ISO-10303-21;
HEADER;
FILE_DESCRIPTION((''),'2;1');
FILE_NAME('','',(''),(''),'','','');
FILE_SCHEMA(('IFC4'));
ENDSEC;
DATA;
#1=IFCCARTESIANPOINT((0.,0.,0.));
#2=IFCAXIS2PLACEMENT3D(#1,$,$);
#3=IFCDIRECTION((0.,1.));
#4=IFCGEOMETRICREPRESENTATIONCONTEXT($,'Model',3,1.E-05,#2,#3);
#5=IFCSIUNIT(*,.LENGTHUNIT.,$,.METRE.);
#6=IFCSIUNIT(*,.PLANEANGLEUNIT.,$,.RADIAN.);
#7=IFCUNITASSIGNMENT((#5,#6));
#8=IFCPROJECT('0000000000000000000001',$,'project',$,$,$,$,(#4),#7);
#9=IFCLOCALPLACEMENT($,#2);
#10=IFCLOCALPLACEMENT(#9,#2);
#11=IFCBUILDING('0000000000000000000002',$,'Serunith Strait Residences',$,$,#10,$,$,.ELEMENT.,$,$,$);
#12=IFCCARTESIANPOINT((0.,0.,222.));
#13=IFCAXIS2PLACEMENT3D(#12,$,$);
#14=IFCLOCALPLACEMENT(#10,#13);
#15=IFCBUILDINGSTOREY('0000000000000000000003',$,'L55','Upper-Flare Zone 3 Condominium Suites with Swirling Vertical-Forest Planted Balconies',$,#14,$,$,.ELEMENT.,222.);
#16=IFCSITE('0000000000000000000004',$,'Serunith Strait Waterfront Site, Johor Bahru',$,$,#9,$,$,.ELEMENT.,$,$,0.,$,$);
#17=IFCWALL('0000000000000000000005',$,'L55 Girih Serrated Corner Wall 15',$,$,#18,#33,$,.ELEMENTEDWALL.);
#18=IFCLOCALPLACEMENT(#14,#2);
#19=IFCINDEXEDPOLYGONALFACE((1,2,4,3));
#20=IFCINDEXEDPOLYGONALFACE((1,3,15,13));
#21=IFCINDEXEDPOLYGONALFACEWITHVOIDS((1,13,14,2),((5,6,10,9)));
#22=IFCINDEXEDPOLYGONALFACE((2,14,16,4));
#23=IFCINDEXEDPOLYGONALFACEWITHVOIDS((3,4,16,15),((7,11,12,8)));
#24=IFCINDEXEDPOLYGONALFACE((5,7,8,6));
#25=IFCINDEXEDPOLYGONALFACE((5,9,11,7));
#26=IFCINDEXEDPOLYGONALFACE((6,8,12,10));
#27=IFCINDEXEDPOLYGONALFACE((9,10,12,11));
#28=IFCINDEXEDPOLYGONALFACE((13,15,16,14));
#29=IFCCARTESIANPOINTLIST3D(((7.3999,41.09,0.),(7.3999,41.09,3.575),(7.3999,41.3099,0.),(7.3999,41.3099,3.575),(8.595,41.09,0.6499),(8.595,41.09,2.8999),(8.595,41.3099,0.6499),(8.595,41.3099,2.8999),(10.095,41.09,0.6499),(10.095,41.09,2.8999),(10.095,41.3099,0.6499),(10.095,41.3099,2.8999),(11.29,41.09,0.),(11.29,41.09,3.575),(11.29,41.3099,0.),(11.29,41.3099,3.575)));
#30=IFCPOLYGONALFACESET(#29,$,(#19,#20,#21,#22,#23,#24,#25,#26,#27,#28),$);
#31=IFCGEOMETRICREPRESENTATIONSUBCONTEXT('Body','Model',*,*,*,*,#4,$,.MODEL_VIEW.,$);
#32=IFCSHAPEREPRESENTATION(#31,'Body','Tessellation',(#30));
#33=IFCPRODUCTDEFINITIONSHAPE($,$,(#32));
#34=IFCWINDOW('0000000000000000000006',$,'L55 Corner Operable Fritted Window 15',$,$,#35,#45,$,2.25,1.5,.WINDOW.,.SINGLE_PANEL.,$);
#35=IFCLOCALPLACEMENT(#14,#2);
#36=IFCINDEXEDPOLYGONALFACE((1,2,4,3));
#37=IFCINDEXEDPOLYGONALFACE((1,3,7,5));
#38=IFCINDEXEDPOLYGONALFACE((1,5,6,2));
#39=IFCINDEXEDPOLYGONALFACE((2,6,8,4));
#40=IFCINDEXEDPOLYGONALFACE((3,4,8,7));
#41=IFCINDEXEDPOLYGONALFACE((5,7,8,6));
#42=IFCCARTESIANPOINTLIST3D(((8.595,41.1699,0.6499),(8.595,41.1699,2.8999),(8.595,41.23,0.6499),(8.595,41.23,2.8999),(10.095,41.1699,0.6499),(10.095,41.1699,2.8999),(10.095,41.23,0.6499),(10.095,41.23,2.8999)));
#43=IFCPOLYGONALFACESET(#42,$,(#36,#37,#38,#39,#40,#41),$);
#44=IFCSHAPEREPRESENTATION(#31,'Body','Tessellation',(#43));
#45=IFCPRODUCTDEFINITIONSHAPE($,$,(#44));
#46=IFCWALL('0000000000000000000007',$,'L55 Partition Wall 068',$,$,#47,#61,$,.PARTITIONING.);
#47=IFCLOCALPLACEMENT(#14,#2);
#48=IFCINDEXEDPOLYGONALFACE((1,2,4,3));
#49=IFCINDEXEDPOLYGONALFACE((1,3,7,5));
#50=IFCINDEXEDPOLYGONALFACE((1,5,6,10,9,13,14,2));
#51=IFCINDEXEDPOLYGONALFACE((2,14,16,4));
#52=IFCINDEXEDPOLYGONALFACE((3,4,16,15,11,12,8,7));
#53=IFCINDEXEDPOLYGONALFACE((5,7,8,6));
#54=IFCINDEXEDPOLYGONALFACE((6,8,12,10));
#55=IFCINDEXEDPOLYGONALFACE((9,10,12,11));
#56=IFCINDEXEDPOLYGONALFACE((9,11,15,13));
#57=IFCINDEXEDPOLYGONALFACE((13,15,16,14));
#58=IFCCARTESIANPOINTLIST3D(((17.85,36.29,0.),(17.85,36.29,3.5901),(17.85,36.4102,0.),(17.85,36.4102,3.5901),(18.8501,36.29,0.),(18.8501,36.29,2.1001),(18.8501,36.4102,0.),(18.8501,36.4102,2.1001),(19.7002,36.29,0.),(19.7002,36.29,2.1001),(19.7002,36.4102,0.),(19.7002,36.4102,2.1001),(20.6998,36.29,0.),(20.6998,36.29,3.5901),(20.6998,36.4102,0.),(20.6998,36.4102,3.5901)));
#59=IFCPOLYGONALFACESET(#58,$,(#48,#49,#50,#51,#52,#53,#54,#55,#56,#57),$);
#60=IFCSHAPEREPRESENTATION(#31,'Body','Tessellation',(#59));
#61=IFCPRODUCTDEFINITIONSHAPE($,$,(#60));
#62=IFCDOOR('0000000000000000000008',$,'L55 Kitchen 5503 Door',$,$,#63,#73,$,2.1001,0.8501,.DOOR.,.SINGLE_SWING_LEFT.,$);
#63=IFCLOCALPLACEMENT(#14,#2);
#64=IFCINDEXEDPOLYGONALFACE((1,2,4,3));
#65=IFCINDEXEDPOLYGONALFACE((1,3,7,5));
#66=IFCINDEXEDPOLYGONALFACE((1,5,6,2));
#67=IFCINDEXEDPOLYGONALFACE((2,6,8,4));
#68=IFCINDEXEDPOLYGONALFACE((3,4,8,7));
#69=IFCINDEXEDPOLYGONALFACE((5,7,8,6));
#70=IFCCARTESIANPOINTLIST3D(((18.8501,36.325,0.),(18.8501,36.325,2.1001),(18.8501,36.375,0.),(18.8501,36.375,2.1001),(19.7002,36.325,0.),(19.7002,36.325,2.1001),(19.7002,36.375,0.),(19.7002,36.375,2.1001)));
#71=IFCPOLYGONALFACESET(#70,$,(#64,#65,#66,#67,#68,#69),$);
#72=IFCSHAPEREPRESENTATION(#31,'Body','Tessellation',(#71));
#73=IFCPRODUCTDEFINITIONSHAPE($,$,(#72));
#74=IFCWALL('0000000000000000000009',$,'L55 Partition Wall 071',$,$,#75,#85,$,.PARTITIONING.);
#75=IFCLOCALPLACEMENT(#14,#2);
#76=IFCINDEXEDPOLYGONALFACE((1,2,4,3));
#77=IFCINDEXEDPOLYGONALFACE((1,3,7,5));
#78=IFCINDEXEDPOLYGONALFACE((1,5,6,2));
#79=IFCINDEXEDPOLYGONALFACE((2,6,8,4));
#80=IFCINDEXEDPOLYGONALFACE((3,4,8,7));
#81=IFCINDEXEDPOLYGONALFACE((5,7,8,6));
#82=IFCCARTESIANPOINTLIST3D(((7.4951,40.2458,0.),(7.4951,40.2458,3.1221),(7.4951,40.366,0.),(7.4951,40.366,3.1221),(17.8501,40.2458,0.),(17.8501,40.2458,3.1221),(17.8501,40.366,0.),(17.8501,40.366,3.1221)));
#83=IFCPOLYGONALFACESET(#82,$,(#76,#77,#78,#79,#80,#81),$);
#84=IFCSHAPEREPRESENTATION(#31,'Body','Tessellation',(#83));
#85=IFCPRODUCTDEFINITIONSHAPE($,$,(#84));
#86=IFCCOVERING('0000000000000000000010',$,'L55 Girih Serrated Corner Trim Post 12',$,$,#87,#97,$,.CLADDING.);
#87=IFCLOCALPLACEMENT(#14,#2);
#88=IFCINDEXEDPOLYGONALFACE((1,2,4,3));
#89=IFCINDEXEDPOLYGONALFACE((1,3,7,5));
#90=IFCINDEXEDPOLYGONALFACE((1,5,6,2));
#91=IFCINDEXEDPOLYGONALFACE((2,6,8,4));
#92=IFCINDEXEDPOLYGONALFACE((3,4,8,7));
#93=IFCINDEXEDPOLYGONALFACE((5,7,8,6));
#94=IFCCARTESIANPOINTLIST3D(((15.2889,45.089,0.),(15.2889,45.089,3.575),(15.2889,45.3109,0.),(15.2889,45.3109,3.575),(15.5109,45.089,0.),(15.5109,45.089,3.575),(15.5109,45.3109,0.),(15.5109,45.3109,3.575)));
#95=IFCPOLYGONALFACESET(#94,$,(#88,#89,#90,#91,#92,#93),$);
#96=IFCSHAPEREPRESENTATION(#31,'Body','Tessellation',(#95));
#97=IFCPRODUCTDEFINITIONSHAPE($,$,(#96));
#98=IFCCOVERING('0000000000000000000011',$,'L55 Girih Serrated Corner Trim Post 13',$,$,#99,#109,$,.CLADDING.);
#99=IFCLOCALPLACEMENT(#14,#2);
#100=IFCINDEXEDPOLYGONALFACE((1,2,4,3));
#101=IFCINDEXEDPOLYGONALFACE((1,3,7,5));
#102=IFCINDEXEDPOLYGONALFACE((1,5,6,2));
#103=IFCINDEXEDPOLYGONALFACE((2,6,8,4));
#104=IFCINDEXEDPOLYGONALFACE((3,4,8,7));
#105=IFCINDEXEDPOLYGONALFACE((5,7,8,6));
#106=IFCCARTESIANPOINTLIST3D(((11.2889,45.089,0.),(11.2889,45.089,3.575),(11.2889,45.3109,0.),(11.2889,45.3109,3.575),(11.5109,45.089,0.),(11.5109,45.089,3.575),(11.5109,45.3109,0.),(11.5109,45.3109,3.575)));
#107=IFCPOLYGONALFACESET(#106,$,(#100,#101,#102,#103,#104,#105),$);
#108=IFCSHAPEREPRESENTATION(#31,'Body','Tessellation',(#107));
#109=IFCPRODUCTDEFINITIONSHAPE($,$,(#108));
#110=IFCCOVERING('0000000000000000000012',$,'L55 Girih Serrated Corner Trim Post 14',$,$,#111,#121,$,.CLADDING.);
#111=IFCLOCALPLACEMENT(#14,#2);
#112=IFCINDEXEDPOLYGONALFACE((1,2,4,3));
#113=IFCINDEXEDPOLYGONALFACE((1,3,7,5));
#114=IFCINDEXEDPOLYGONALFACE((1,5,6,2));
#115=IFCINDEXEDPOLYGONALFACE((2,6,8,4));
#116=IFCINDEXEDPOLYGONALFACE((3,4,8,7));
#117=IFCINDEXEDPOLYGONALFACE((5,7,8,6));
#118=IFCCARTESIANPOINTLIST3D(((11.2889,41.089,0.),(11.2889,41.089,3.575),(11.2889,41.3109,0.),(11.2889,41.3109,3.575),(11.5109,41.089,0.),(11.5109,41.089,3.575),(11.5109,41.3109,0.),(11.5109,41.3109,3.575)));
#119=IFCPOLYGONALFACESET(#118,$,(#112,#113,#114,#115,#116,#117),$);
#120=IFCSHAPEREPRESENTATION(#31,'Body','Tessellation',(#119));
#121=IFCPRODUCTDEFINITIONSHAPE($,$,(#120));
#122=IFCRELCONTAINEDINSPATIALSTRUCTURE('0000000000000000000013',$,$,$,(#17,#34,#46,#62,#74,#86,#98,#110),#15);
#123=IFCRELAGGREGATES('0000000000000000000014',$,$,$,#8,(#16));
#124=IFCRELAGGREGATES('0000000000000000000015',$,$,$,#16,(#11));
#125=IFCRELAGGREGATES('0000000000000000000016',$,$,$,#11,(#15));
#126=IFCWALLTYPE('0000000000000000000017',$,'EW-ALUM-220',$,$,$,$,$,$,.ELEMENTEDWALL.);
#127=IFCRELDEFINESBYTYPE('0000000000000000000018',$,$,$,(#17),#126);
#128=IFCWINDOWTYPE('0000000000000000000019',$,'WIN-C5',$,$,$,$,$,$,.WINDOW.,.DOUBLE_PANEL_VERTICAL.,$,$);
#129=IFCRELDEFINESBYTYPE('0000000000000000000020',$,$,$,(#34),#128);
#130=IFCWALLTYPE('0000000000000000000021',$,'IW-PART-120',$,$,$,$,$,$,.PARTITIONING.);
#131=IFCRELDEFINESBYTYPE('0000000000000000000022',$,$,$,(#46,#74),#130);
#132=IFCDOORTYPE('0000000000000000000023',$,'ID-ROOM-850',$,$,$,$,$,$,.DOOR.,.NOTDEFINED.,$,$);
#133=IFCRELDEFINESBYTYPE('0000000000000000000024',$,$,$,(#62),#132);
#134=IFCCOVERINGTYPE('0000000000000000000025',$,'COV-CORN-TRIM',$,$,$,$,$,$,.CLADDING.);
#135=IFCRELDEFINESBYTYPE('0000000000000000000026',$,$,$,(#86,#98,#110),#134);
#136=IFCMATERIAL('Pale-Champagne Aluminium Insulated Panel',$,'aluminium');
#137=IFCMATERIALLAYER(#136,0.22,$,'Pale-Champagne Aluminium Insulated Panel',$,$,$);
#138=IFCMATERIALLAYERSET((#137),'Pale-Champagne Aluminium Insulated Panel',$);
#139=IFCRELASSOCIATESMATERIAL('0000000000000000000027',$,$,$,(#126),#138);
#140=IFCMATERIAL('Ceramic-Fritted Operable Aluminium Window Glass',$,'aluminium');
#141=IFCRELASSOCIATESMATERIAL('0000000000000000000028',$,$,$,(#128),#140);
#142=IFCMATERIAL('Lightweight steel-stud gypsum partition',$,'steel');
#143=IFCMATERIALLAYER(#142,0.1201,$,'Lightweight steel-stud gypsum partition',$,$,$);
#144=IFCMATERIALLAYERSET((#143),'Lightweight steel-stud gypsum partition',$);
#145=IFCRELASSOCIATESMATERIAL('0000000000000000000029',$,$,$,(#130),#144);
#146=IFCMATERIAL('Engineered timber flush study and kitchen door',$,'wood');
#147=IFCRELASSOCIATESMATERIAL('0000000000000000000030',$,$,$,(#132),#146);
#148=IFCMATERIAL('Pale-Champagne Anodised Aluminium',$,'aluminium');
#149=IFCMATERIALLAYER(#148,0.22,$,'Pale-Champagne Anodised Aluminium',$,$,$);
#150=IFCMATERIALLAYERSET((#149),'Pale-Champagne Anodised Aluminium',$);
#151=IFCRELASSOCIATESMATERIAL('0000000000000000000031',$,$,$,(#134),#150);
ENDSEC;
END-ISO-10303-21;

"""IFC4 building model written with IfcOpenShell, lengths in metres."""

from ifc_helpers import new_model, si_unit, direction, frame, frame_2d, origin, origin_2d, place, context, subcontext, project, spatial, rectangle, extrude, source, transform, mapped, material, layer, layer_set, type_object, element, fill, save


model = new_model("IFC4")

# Units and contexts
model_context = context("Model", 3, precision=1e-05, world=origin(), true_north=direction((0.0, 1.0)))
body_context = subcontext(model_context, "Body", "Model", "MODEL_VIEW")
ifc_project = project(units=[si_unit("LENGTHUNIT", "METRE"), si_unit("PLANEANGLEUNIT", "RADIAN")], contexts=[model_context])

# Site, building, storey
site_placement = place(None, origin())
site = spatial("IfcSite", under=ifc_project, at=site_placement, Name="Serunith Strait Waterfront Site, Johor Bahru", CompositionType="ELEMENT", RefElevation=0.0)
building_placement = place(site_placement, origin())
building = spatial("IfcBuilding", under=site, at=building_placement, Name="Serunith Strait Residences", CompositionType="ELEMENT")
storey_placement = place(building_placement, frame((0.0, 0.0, 222.0)))
storey = spatial("IfcBuildingStorey", under=building, at=storey_placement, Name="L55", Description="Upper-Flare Zone 3 Condominium Suites with Swirling Vertical-Forest Planted Balconies", CompositionType="ELEMENT", Elevation=222.0)

# Shared definitions
ifc_material_1 = material(Name="Pale-Champagne Anodised Aluminium", Category="aluminium")

# Wall, opening, window
ifc_material_2 = material(Name="Pale-Champagne Aluminium Insulated Panel", Category="aluminium")
ifc_layer_1 = layer(ifc_material_2, 0.22, Name="Pale-Champagne Aluminium Insulated Panel")
ifc_layer_set_1 = layer_set([ifc_layer_1], Name="Pale-Champagne Aluminium Insulated Panel")
wall_type_1 = type_object("IfcWallType", Name="EW-ALUM-220", PredefinedType="ELEMENTEDWALL", material=ifc_layer_set_1)
ifc_material_3 = material(Name="Ceramic-Fritted Operable Aluminium Window Glass", Category="aluminium")
window_type = type_object("IfcWindowType", Name="WIN-C5", PartitioningType="DOUBLE_PANEL_VERTICAL", PredefinedType="WINDOW", material=ifc_material_3)
shared_shape_1 = source(origin(), body_context, "Body", "SweptSolid", [
    extrude(rectangle(XDim=1.5, YDim=2.25, at=frame_2d((0.75, 1.125))), frame((0.0, 0.03, 0.0), z_axis=(0.0, -1.0, 0.0), x_axis=(1.0, 0.0, 0.0)), (0.0, 0.0, 1.0), 0.0601),
])
wall_1_placement = place(storey_placement, frame((11.29, 41.2, 0.0), z_axis=(0.0, 0.0, 1.0), x_axis=(-1.0, 0.0, 0.0)))
wall_1 = element("IfcWall", 1, at=wall_1_placement, inside=storey, type_object=wall_type_1, Name="L55 Girih Serrated Corner Wall 15", PredefinedType="ELEMENTEDWALL", context=body_context, shape_type="SweptSolid", body=[
    extrude(rectangle(XDim=3.8901, YDim=0.22, at=frame_2d((1.9451, 0.0))), origin(), (0.0, 0.0, 1.0), 3.575),
])
opening_1_placement = place(wall_1_placement, frame((1.1951, 0.0, 0.6499)))
opening_1 = element("IfcOpeningElement", 2, at=opening_1_placement, cuts=wall_1, PredefinedType="OPENING", context=body_context, shape_type="SweptSolid", body=[
    extrude(rectangle(XDim=1.5, YDim=2.25, at=frame_2d((0.75, 1.125))), frame((0.0, 0.1201, 0.0), z_axis=(0.0, -1.0, 0.0), x_axis=(1.0, 0.0, 0.0)), (0.0, 0.0, 1.0), 0.24),
])
window_1_placement = place(opening_1_placement, origin())
window_1 = element("IfcWindow", 3, at=window_1_placement, inside=storey, type_object=window_type, Name="L55 Corner Operable Fritted Window 15", OverallHeight=2.25, OverallWidth=1.5, PartitioningType="SINGLE_PANEL", PredefinedType="WINDOW", context=body_context, shape_type="MappedRepresentation", body=[
    mapped(shared_shape_1, transform((0.0, 0.0, 0.0), scale=1.0)),
])
fill(opening_1, window_1)

# Wall, opening, door
ifc_material_4 = material(Name="Lightweight steel-stud gypsum partition", Category="steel")
ifc_layer_2 = layer(ifc_material_4, 0.1201, Name="Lightweight steel-stud gypsum partition")
ifc_layer_set_2 = layer_set([ifc_layer_2], Name="Lightweight steel-stud gypsum partition")
wall_type_2 = type_object("IfcWallType", Name="IW-PART-120", PredefinedType="PARTITIONING", material=ifc_layer_set_2)
wall_2_placement = place(storey_placement, frame((17.8501, 36.3501, 0.0), z_axis=(0.0, 0.0, 1.0), x_axis=(1.0, 0.0, 0.0)))
wall_2 = element("IfcWall", 4, at=wall_2_placement, inside=storey, type_object=wall_type_2, Name="L55 Partition Wall 068", PredefinedType="PARTITIONING", context=body_context, shape_type="SweptSolid", body=[
    extrude(rectangle(XDim=2.8499, YDim=0.1201, at=frame_2d((1.4248, 0.0))), origin(), (0.0, 0.0, 1.0), 3.5901),
])
opening_2_placement = place(wall_2_placement, frame((1.0, 0.0, 0.0)))
opening_2 = element("IfcOpeningElement", 5, at=opening_2_placement, cuts=wall_2, PredefinedType="OPENING", context=body_context, shape_type="SweptSolid", body=[
    extrude(rectangle(XDim=0.8501, YDim=2.1001, at=frame_2d((0.425, 1.05))), frame((0.0, 0.0701, 0.0), z_axis=(0.0, -1.0, 0.0), x_axis=(1.0, 0.0, 0.0)), (0.0, 0.0, 1.0), 0.1401),
])
ifc_material_5 = material(Name="Engineered timber flush study and kitchen door", Category="wood")
door_type = type_object("IfcDoorType", Name="ID-ROOM-850", OperationType="NOTDEFINED", PredefinedType="DOOR", material=ifc_material_5)
shared_shape_2 = source(origin(), body_context, "Body", "SweptSolid", [
    extrude(rectangle(XDim=0.8501, YDim=2.1001, at=frame_2d((0.425, 1.05))), frame((0.0, 0.0249, 0.0), z_axis=(0.0, -1.0, 0.0), x_axis=(1.0, 0.0, 0.0)), (0.0, 0.0, 1.0), 0.05),
])
door_placement = place(opening_2_placement, origin())
door = element("IfcDoor", 6, at=door_placement, inside=storey, type_object=door_type, Name="L55 Kitchen 5503 Door", OperationType="SINGLE_SWING_LEFT", OverallHeight=2.1001, OverallWidth=0.8501, PredefinedType="DOOR", context=body_context, shape_type="MappedRepresentation", body=[
    mapped(shared_shape_2, transform((0.0, 0.0, 0.0), scale=1.0)),
])
fill(opening_2, door)

# Wall
wall_3_placement = place(storey_placement, frame((7.4951, 40.3059, 0.0), z_axis=(0.0, 0.0, 1.0), x_axis=(1.0, 0.0, 0.0)))
element("IfcWall", 7, at=wall_3_placement, inside=storey, type_object=wall_type_2, Name="L55 Partition Wall 071", PredefinedType="PARTITIONING", context=body_context, shape_type="SweptSolid", body=[
    extrude(rectangle(XDim=10.355, YDim=0.1201, at=frame_2d((5.1775, 0.0))), origin(), (0.0, 0.0, 1.0), 3.1221),
])

# Coverings
ifc_layer_3 = layer(ifc_material_1, 0.22, Name="Pale-Champagne Anodised Aluminium")
ifc_layer_set_3 = layer_set([ifc_layer_3], Name="Pale-Champagne Anodised Aluminium")
covering_type = type_object("IfcCoveringType", Name="COV-CORN-TRIM", PredefinedType="CLADDING", material=ifc_layer_set_3)
shared_shape_3 = source(origin(), body_context, "Body", "SweptSolid", [
    extrude(rectangle(XDim=0.2219, YDim=0.2219, at=origin_2d()), origin(), (0.0, 0.0, 1.0), 3.575),
])
for number, where, z_axis, x_axis, name in (
    (8, (15.3999, 45.2, 0.0), (0.0, 0.0, 1.0), (1.0, 0.0, 0.0), "L55 Girih Serrated Corner Trim Post 12"),
    (9, (11.3999, 45.2, 0.0), (0.0, 0.0, 1.0), (1.0, 0.0, 0.0), "L55 Girih Serrated Corner Trim Post 13"),
    (10, (11.3999, 41.2, 0.0), (0.0, 0.0, 1.0), (1.0, 0.0, 0.0), "L55 Girih Serrated Corner Trim Post 14"),
):
    element("IfcCovering", number, at=place(storey_placement, frame(where, z_axis=z_axis, x_axis=x_axis)), inside=storey, type_object=covering_type, Name=name, PredefinedType="CLADDING", context=body_context, shape_type="MappedRepresentation", body=[
        mapped(shared_shape_3, transform((0.0, 0.0, 0.0), scale=1.0)),
    ])

save(model, "model.ifc")
